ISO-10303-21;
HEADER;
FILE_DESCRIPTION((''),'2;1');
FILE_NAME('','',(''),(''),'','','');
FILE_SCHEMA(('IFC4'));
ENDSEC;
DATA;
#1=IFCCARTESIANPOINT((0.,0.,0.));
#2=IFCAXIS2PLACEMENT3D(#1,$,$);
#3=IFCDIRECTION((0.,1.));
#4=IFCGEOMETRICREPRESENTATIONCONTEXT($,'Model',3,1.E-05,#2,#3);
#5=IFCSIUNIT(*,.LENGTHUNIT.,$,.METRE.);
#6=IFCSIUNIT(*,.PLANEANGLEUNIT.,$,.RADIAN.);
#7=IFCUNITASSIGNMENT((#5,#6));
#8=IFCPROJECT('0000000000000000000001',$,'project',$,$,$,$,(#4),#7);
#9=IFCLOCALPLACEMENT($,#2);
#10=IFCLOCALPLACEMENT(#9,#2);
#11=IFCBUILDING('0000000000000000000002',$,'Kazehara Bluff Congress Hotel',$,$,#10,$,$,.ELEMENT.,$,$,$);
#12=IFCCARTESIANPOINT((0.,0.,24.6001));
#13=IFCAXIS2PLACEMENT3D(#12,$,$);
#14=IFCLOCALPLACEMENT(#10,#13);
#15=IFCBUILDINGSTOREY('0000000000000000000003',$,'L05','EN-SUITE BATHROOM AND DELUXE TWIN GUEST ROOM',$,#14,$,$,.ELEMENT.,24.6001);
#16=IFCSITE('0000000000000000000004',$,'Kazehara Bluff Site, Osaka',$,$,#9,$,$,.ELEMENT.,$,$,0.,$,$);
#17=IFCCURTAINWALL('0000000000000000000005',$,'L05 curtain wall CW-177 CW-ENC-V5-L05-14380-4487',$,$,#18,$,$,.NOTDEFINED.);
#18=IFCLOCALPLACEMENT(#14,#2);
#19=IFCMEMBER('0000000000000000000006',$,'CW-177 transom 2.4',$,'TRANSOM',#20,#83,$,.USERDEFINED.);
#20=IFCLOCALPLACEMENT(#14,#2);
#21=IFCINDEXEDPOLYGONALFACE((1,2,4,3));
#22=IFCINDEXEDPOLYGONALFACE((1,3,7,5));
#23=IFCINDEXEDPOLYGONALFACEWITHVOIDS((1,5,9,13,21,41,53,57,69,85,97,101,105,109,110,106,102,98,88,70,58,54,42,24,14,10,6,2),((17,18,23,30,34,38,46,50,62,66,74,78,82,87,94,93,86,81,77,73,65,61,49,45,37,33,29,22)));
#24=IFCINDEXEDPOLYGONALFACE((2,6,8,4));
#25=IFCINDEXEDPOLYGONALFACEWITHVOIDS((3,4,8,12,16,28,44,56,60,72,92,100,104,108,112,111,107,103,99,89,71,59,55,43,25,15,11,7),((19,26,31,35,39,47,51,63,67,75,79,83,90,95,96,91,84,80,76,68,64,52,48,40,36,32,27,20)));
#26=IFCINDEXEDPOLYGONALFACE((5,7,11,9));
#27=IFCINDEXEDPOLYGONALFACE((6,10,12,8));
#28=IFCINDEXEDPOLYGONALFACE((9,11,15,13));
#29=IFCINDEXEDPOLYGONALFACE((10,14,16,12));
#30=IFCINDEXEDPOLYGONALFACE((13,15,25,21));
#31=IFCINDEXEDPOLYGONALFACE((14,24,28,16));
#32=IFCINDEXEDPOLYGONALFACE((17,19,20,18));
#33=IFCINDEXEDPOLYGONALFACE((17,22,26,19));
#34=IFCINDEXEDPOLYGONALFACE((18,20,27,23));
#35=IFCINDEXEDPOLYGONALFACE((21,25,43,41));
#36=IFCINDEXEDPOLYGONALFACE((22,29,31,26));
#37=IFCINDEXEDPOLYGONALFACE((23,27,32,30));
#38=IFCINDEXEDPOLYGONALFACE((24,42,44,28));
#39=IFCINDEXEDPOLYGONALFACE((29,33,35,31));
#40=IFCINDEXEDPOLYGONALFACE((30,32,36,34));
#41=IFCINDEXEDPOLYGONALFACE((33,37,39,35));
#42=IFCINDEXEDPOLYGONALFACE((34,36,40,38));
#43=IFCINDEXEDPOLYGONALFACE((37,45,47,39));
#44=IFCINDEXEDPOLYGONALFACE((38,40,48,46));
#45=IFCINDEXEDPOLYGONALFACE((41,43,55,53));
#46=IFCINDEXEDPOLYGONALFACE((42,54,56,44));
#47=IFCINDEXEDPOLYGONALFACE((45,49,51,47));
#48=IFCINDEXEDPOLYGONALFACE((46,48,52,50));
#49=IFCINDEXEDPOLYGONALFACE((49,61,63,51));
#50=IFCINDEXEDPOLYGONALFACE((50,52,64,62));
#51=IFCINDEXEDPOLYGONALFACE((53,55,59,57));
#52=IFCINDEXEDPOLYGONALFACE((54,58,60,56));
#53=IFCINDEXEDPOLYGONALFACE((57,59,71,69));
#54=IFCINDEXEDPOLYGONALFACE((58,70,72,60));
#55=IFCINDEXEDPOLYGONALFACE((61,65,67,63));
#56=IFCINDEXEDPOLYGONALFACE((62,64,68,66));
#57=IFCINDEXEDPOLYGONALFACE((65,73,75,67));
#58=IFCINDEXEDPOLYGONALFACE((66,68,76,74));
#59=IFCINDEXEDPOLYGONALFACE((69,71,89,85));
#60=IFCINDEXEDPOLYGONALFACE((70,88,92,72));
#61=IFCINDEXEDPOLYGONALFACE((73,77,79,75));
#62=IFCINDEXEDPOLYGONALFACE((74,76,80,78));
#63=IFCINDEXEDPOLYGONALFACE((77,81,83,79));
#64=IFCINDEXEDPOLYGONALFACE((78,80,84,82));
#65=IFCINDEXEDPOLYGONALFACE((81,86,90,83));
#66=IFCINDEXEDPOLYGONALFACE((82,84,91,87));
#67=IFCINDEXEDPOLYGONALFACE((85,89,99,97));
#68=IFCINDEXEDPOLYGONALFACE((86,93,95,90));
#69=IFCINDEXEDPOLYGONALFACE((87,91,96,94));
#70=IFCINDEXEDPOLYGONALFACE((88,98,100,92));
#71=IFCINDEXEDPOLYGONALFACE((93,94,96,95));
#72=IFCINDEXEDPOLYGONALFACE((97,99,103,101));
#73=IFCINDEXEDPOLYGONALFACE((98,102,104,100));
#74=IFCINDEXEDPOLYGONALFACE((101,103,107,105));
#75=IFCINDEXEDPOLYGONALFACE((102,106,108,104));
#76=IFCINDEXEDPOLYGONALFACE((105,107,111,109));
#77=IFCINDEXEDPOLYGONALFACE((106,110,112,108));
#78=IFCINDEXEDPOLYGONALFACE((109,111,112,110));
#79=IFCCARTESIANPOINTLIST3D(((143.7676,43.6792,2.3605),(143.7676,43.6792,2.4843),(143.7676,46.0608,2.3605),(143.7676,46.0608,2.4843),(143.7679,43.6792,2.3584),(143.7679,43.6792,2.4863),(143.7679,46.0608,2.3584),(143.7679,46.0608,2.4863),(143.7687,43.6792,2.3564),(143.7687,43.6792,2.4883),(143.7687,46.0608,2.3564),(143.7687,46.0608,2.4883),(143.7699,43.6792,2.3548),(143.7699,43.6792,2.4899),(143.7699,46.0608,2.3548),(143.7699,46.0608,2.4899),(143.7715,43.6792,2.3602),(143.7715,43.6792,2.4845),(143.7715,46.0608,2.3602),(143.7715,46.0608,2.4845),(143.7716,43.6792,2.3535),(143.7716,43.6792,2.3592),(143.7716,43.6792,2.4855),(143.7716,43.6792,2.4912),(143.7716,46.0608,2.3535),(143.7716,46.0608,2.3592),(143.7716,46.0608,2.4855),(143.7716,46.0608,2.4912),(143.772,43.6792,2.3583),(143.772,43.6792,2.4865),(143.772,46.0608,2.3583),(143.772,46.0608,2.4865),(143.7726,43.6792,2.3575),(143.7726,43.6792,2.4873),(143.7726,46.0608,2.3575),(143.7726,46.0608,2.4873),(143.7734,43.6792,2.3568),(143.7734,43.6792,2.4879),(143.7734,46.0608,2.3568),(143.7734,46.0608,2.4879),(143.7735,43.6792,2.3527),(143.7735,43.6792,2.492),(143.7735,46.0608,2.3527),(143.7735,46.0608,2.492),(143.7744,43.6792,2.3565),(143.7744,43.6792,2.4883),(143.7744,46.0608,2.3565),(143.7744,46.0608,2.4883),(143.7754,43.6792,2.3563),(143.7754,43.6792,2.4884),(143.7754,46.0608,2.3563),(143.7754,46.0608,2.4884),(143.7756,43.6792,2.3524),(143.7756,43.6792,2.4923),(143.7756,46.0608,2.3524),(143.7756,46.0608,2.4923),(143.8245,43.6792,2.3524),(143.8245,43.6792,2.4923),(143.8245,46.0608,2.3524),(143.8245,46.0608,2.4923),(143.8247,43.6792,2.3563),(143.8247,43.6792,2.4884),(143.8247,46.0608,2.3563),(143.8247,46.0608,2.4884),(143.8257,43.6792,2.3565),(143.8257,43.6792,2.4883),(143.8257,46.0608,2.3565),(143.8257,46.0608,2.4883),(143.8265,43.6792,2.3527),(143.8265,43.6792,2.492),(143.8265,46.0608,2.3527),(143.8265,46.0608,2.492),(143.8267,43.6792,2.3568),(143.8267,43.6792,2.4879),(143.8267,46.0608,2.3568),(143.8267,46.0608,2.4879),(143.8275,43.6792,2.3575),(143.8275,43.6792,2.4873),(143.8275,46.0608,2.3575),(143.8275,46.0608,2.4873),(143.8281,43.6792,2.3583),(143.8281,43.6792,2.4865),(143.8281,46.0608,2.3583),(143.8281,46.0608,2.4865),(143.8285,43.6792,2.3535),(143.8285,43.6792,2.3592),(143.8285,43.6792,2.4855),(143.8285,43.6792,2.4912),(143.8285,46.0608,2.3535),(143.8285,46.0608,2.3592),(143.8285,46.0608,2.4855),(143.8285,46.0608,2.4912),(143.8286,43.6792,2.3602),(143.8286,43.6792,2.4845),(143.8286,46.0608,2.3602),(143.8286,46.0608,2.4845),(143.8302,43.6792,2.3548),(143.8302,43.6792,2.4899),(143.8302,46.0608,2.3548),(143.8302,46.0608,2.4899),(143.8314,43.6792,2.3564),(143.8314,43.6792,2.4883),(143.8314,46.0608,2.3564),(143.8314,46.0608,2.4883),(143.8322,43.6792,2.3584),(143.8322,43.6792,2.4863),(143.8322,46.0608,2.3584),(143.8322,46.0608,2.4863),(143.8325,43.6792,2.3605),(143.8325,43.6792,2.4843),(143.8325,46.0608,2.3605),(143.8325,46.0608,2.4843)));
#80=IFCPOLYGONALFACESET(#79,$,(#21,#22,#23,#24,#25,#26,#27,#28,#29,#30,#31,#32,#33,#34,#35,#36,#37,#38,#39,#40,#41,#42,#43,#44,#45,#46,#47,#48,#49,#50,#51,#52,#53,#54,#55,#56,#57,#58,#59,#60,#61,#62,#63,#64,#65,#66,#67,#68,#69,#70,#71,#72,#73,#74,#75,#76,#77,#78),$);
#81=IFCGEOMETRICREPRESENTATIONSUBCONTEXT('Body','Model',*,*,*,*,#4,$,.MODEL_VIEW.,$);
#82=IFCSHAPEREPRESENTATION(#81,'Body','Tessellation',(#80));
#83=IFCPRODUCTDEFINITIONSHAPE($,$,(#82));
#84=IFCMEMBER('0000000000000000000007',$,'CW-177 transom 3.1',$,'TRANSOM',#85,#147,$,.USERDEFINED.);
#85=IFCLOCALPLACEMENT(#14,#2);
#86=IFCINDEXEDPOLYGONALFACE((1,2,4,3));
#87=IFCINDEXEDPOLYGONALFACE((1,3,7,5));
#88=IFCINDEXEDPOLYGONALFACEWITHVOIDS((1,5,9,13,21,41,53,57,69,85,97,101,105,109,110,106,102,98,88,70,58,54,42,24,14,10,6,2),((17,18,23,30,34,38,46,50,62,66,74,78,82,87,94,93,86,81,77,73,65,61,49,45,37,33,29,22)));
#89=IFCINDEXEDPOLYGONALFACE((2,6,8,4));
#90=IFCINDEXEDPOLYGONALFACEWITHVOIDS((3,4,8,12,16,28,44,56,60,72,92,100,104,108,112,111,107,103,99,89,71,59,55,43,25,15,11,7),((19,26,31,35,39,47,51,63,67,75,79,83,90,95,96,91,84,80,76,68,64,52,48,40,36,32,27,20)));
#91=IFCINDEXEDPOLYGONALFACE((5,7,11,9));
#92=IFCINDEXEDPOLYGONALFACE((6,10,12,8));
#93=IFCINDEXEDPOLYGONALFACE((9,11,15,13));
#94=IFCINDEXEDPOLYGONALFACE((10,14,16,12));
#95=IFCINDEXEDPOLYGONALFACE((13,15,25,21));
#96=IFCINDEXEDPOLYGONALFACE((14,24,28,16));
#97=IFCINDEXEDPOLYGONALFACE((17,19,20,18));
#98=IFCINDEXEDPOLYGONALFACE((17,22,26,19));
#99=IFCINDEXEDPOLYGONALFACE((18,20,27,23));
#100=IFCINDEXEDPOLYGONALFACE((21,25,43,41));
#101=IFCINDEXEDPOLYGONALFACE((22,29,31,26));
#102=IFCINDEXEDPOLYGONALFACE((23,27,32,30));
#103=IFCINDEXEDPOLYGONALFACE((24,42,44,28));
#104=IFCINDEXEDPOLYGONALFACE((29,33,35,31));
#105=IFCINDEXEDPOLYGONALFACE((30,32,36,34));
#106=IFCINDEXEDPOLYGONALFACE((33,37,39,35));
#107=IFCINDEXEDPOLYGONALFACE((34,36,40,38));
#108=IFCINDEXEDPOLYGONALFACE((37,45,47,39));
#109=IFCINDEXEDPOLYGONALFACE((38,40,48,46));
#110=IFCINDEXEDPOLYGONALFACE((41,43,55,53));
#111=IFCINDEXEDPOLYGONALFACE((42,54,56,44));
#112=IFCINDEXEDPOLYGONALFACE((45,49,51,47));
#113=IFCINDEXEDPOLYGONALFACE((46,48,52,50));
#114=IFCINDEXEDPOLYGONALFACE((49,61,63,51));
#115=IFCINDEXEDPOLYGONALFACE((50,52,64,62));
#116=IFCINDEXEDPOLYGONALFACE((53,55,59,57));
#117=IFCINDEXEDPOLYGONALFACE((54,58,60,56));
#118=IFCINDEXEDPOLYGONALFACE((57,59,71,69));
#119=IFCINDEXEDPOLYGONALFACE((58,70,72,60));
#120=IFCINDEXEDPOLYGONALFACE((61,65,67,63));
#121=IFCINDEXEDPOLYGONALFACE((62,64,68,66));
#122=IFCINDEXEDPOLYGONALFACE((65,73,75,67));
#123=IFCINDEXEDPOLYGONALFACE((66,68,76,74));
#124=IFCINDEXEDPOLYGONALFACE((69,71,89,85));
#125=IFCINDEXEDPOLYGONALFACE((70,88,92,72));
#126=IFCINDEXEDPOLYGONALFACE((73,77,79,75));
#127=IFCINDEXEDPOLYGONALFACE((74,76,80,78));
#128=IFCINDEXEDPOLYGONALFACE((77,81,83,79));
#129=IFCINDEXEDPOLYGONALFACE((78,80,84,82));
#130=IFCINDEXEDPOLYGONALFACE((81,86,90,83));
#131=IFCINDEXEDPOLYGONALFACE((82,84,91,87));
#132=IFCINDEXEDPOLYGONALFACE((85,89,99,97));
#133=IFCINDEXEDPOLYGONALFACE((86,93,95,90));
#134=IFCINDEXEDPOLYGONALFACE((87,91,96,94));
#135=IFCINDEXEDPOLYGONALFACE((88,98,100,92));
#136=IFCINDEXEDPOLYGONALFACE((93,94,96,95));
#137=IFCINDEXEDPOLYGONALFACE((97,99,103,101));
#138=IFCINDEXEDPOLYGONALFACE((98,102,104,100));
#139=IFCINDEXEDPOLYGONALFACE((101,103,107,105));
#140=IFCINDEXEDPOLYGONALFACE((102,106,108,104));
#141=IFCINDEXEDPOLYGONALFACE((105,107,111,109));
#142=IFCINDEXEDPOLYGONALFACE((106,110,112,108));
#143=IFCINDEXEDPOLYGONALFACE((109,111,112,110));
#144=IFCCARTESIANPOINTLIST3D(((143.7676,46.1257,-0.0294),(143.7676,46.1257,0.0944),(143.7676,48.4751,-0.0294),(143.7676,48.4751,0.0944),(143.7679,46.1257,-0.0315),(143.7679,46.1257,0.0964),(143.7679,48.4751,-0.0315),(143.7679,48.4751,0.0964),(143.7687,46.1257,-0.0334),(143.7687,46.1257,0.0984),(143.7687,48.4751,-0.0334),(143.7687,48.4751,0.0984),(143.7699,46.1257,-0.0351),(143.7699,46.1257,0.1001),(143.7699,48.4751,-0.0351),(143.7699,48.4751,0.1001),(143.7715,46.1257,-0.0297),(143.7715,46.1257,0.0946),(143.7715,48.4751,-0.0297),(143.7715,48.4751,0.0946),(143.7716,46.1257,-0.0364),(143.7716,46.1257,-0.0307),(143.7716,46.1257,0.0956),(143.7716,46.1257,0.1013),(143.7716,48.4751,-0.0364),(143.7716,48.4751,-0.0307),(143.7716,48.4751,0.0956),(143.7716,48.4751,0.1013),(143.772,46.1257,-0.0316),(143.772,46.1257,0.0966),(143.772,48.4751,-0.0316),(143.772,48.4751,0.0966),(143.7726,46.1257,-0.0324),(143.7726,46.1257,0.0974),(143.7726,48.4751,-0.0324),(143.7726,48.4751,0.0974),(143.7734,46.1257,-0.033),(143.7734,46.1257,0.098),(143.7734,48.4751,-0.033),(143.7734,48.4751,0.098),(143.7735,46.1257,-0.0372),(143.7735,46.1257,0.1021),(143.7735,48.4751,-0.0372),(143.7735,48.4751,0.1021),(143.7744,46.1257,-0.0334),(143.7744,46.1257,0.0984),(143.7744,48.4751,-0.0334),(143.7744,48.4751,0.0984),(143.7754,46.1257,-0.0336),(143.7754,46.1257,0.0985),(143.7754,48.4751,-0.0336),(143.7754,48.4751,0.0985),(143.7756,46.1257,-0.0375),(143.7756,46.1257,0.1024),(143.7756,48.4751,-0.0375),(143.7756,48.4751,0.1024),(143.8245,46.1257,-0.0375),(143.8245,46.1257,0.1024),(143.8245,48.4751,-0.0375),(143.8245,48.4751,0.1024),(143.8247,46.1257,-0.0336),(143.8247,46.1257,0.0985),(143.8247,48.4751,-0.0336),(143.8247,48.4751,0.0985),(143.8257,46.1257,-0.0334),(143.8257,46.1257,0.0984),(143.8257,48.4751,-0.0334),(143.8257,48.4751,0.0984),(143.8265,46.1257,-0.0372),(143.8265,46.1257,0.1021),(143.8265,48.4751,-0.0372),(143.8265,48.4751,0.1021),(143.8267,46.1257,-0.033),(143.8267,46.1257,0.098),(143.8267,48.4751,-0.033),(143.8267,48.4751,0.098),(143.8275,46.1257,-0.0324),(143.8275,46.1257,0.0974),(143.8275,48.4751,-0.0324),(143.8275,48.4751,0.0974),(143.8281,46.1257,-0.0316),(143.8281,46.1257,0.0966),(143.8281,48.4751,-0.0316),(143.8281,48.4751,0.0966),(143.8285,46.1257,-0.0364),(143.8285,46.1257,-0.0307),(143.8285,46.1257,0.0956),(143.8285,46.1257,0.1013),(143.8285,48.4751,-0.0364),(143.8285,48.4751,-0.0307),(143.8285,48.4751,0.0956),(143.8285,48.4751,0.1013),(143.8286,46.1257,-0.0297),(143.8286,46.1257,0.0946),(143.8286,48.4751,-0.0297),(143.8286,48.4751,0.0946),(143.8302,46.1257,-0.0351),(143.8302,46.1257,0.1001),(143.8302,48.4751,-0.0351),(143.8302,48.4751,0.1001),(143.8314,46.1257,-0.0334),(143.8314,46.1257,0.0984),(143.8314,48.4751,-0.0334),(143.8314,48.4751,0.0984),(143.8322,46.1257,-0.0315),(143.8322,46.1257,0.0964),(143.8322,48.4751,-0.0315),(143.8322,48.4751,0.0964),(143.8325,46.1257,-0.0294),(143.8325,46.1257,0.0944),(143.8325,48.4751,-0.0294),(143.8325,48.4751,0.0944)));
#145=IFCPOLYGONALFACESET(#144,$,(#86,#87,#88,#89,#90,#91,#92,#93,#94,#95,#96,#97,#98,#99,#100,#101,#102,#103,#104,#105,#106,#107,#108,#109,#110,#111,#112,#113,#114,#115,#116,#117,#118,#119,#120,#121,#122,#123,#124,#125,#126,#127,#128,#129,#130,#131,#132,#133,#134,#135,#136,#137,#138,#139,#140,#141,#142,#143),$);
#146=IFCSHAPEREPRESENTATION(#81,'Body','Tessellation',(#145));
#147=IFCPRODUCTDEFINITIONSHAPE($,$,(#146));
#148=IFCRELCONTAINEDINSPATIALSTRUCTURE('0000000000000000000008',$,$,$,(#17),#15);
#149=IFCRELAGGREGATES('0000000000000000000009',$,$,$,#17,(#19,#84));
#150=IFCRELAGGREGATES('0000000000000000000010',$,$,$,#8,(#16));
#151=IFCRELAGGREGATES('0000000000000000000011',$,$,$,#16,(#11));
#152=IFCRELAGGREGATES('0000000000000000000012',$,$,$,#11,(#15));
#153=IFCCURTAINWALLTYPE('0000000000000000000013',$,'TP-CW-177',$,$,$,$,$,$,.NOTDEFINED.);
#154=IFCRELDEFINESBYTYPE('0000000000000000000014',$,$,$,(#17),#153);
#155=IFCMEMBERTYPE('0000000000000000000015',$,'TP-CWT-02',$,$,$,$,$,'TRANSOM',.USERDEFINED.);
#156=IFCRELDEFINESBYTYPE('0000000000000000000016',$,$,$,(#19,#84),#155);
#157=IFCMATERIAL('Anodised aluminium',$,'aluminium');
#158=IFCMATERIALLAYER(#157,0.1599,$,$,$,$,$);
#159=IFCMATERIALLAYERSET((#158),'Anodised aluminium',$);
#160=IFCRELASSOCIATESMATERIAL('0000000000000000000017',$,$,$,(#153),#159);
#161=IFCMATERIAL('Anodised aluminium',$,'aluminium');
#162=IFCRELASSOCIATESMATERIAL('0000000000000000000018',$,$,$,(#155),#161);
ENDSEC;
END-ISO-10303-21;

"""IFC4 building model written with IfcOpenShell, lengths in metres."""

from ifc_helpers import new_model, si_unit, direction, frame, origin, origin_2d, place, context, subcontext, project, spatial, hollow_rectangle, extrude, material, layer, layer_set, material_profile, profile_set, type_object, element, aggregate, save


model = new_model("IFC4")

# Units and contexts
model_context = context("Model", 3, precision=1e-05, world=origin(), true_north=direction((0.0, 1.0)))
body_context = subcontext(model_context, "Body", "Model", "MODEL_VIEW")
ifc_project = project(units=[si_unit("LENGTHUNIT", "METRE"), si_unit("PLANEANGLEUNIT", "RADIAN")], contexts=[model_context])

# Site, building, storey
site_placement = place(None, origin())
site = spatial("IfcSite", under=ifc_project, at=site_placement, Name="Kazehara Bluff Site, Osaka", CompositionType="ELEMENT", RefElevation=0.0)
building_placement = place(site_placement, origin())
building = spatial("IfcBuilding", under=site, at=building_placement, Name="Kazehara Bluff Congress Hotel", CompositionType="ELEMENT")
storey_placement = place(building_placement, frame((0.0, 0.0, 24.6001)))
storey = spatial("IfcBuildingStorey", under=building, at=storey_placement, Name="L05", Description="EN-SUITE BATHROOM AND DELUXE TWIN GUEST ROOM", CompositionType="ELEMENT", Elevation=24.6001)

# Curtain wall, members
ifc_material_1 = material(Name="Anodised aluminium", Category="aluminium")
ifc_layer_1 = layer(ifc_material_1, 0.1599)
ifc_layer_set_1 = layer_set([ifc_layer_1], Name="Anodised aluminium")
curtain_wall_type_1 = type_object("IfcCurtainWallType", Name="TP-CW-177", PredefinedType="NOTDEFINED", material=ifc_layer_set_1)
curtain_wall_1_placement = place(storey_placement, origin())
curtain_wall_1 = element("IfcCurtainWall", 1, at=curtain_wall_1_placement, inside=storey, type_object=curtain_wall_type_1, Name="L05 curtain wall CW-177 CW-ENC-V5-L05-14380-4487", PredefinedType="NOTDEFINED")
ifc_material_2 = material(Name="Anodised aluminium", Category="aluminium")
ifc_material_profile_1 = material_profile(ifc_material_2, hollow_rectangle(XDim=0.0649, YDim=0.1399, WallThickness=0.0039, InnerFilletRadius=0.0039, OuterFilletRadius=0.0081, at=origin_2d()))
ifc_profile_set_1 = profile_set([ifc_material_profile_1], Name="Anodised aluminium")
member_type_1 = type_object("IfcMemberType", Name="TP-CWT-02", ElementType="TRANSOM", PredefinedType="USERDEFINED", material=ifc_profile_set_1)
member_1_placement = place(storey_placement, frame((143.8, 43.6792, 2.4224), z_axis=(0.0, 1.0, 0.0), x_axis=(-1.0, 0.0, 0.0)))
member_1 = element("IfcMember", 2, at=member_1_placement, type_object=member_type_1, Name="CW-177 transom 2.4", ObjectType="TRANSOM", PredefinedType="USERDEFINED", context=body_context, shape_type="SweptSolid", body=[
    extrude(hollow_rectangle(XDim=0.0649, YDim=0.1399, WallThickness=0.0039, InnerFilletRadius=0.0039, OuterFilletRadius=0.0081, at=origin_2d()), origin(), (0.0, 0.0, 1.0), 2.3816),
])
member_2_placement = place(storey_placement, frame((143.8, 46.1257, 0.0325), z_axis=(0.0, 1.0, 0.0), x_axis=(-1.0, 0.0, 0.0)))
member_2 = element("IfcMember", 3, at=member_2_placement, type_object=member_type_1, Name="CW-177 transom 3.1", ObjectType="TRANSOM", PredefinedType="USERDEFINED", context=body_context, shape_type="SweptSolid", body=[
    extrude(hollow_rectangle(XDim=0.0649, YDim=0.1399, WallThickness=0.0039, InnerFilletRadius=0.0039, OuterFilletRadius=0.0081, at=origin_2d()), origin(), (0.0, 0.0, 1.0), 2.3494),
])
aggregate(curtain_wall_1, [member_1, member_2])

save(model, "model.ifc")
